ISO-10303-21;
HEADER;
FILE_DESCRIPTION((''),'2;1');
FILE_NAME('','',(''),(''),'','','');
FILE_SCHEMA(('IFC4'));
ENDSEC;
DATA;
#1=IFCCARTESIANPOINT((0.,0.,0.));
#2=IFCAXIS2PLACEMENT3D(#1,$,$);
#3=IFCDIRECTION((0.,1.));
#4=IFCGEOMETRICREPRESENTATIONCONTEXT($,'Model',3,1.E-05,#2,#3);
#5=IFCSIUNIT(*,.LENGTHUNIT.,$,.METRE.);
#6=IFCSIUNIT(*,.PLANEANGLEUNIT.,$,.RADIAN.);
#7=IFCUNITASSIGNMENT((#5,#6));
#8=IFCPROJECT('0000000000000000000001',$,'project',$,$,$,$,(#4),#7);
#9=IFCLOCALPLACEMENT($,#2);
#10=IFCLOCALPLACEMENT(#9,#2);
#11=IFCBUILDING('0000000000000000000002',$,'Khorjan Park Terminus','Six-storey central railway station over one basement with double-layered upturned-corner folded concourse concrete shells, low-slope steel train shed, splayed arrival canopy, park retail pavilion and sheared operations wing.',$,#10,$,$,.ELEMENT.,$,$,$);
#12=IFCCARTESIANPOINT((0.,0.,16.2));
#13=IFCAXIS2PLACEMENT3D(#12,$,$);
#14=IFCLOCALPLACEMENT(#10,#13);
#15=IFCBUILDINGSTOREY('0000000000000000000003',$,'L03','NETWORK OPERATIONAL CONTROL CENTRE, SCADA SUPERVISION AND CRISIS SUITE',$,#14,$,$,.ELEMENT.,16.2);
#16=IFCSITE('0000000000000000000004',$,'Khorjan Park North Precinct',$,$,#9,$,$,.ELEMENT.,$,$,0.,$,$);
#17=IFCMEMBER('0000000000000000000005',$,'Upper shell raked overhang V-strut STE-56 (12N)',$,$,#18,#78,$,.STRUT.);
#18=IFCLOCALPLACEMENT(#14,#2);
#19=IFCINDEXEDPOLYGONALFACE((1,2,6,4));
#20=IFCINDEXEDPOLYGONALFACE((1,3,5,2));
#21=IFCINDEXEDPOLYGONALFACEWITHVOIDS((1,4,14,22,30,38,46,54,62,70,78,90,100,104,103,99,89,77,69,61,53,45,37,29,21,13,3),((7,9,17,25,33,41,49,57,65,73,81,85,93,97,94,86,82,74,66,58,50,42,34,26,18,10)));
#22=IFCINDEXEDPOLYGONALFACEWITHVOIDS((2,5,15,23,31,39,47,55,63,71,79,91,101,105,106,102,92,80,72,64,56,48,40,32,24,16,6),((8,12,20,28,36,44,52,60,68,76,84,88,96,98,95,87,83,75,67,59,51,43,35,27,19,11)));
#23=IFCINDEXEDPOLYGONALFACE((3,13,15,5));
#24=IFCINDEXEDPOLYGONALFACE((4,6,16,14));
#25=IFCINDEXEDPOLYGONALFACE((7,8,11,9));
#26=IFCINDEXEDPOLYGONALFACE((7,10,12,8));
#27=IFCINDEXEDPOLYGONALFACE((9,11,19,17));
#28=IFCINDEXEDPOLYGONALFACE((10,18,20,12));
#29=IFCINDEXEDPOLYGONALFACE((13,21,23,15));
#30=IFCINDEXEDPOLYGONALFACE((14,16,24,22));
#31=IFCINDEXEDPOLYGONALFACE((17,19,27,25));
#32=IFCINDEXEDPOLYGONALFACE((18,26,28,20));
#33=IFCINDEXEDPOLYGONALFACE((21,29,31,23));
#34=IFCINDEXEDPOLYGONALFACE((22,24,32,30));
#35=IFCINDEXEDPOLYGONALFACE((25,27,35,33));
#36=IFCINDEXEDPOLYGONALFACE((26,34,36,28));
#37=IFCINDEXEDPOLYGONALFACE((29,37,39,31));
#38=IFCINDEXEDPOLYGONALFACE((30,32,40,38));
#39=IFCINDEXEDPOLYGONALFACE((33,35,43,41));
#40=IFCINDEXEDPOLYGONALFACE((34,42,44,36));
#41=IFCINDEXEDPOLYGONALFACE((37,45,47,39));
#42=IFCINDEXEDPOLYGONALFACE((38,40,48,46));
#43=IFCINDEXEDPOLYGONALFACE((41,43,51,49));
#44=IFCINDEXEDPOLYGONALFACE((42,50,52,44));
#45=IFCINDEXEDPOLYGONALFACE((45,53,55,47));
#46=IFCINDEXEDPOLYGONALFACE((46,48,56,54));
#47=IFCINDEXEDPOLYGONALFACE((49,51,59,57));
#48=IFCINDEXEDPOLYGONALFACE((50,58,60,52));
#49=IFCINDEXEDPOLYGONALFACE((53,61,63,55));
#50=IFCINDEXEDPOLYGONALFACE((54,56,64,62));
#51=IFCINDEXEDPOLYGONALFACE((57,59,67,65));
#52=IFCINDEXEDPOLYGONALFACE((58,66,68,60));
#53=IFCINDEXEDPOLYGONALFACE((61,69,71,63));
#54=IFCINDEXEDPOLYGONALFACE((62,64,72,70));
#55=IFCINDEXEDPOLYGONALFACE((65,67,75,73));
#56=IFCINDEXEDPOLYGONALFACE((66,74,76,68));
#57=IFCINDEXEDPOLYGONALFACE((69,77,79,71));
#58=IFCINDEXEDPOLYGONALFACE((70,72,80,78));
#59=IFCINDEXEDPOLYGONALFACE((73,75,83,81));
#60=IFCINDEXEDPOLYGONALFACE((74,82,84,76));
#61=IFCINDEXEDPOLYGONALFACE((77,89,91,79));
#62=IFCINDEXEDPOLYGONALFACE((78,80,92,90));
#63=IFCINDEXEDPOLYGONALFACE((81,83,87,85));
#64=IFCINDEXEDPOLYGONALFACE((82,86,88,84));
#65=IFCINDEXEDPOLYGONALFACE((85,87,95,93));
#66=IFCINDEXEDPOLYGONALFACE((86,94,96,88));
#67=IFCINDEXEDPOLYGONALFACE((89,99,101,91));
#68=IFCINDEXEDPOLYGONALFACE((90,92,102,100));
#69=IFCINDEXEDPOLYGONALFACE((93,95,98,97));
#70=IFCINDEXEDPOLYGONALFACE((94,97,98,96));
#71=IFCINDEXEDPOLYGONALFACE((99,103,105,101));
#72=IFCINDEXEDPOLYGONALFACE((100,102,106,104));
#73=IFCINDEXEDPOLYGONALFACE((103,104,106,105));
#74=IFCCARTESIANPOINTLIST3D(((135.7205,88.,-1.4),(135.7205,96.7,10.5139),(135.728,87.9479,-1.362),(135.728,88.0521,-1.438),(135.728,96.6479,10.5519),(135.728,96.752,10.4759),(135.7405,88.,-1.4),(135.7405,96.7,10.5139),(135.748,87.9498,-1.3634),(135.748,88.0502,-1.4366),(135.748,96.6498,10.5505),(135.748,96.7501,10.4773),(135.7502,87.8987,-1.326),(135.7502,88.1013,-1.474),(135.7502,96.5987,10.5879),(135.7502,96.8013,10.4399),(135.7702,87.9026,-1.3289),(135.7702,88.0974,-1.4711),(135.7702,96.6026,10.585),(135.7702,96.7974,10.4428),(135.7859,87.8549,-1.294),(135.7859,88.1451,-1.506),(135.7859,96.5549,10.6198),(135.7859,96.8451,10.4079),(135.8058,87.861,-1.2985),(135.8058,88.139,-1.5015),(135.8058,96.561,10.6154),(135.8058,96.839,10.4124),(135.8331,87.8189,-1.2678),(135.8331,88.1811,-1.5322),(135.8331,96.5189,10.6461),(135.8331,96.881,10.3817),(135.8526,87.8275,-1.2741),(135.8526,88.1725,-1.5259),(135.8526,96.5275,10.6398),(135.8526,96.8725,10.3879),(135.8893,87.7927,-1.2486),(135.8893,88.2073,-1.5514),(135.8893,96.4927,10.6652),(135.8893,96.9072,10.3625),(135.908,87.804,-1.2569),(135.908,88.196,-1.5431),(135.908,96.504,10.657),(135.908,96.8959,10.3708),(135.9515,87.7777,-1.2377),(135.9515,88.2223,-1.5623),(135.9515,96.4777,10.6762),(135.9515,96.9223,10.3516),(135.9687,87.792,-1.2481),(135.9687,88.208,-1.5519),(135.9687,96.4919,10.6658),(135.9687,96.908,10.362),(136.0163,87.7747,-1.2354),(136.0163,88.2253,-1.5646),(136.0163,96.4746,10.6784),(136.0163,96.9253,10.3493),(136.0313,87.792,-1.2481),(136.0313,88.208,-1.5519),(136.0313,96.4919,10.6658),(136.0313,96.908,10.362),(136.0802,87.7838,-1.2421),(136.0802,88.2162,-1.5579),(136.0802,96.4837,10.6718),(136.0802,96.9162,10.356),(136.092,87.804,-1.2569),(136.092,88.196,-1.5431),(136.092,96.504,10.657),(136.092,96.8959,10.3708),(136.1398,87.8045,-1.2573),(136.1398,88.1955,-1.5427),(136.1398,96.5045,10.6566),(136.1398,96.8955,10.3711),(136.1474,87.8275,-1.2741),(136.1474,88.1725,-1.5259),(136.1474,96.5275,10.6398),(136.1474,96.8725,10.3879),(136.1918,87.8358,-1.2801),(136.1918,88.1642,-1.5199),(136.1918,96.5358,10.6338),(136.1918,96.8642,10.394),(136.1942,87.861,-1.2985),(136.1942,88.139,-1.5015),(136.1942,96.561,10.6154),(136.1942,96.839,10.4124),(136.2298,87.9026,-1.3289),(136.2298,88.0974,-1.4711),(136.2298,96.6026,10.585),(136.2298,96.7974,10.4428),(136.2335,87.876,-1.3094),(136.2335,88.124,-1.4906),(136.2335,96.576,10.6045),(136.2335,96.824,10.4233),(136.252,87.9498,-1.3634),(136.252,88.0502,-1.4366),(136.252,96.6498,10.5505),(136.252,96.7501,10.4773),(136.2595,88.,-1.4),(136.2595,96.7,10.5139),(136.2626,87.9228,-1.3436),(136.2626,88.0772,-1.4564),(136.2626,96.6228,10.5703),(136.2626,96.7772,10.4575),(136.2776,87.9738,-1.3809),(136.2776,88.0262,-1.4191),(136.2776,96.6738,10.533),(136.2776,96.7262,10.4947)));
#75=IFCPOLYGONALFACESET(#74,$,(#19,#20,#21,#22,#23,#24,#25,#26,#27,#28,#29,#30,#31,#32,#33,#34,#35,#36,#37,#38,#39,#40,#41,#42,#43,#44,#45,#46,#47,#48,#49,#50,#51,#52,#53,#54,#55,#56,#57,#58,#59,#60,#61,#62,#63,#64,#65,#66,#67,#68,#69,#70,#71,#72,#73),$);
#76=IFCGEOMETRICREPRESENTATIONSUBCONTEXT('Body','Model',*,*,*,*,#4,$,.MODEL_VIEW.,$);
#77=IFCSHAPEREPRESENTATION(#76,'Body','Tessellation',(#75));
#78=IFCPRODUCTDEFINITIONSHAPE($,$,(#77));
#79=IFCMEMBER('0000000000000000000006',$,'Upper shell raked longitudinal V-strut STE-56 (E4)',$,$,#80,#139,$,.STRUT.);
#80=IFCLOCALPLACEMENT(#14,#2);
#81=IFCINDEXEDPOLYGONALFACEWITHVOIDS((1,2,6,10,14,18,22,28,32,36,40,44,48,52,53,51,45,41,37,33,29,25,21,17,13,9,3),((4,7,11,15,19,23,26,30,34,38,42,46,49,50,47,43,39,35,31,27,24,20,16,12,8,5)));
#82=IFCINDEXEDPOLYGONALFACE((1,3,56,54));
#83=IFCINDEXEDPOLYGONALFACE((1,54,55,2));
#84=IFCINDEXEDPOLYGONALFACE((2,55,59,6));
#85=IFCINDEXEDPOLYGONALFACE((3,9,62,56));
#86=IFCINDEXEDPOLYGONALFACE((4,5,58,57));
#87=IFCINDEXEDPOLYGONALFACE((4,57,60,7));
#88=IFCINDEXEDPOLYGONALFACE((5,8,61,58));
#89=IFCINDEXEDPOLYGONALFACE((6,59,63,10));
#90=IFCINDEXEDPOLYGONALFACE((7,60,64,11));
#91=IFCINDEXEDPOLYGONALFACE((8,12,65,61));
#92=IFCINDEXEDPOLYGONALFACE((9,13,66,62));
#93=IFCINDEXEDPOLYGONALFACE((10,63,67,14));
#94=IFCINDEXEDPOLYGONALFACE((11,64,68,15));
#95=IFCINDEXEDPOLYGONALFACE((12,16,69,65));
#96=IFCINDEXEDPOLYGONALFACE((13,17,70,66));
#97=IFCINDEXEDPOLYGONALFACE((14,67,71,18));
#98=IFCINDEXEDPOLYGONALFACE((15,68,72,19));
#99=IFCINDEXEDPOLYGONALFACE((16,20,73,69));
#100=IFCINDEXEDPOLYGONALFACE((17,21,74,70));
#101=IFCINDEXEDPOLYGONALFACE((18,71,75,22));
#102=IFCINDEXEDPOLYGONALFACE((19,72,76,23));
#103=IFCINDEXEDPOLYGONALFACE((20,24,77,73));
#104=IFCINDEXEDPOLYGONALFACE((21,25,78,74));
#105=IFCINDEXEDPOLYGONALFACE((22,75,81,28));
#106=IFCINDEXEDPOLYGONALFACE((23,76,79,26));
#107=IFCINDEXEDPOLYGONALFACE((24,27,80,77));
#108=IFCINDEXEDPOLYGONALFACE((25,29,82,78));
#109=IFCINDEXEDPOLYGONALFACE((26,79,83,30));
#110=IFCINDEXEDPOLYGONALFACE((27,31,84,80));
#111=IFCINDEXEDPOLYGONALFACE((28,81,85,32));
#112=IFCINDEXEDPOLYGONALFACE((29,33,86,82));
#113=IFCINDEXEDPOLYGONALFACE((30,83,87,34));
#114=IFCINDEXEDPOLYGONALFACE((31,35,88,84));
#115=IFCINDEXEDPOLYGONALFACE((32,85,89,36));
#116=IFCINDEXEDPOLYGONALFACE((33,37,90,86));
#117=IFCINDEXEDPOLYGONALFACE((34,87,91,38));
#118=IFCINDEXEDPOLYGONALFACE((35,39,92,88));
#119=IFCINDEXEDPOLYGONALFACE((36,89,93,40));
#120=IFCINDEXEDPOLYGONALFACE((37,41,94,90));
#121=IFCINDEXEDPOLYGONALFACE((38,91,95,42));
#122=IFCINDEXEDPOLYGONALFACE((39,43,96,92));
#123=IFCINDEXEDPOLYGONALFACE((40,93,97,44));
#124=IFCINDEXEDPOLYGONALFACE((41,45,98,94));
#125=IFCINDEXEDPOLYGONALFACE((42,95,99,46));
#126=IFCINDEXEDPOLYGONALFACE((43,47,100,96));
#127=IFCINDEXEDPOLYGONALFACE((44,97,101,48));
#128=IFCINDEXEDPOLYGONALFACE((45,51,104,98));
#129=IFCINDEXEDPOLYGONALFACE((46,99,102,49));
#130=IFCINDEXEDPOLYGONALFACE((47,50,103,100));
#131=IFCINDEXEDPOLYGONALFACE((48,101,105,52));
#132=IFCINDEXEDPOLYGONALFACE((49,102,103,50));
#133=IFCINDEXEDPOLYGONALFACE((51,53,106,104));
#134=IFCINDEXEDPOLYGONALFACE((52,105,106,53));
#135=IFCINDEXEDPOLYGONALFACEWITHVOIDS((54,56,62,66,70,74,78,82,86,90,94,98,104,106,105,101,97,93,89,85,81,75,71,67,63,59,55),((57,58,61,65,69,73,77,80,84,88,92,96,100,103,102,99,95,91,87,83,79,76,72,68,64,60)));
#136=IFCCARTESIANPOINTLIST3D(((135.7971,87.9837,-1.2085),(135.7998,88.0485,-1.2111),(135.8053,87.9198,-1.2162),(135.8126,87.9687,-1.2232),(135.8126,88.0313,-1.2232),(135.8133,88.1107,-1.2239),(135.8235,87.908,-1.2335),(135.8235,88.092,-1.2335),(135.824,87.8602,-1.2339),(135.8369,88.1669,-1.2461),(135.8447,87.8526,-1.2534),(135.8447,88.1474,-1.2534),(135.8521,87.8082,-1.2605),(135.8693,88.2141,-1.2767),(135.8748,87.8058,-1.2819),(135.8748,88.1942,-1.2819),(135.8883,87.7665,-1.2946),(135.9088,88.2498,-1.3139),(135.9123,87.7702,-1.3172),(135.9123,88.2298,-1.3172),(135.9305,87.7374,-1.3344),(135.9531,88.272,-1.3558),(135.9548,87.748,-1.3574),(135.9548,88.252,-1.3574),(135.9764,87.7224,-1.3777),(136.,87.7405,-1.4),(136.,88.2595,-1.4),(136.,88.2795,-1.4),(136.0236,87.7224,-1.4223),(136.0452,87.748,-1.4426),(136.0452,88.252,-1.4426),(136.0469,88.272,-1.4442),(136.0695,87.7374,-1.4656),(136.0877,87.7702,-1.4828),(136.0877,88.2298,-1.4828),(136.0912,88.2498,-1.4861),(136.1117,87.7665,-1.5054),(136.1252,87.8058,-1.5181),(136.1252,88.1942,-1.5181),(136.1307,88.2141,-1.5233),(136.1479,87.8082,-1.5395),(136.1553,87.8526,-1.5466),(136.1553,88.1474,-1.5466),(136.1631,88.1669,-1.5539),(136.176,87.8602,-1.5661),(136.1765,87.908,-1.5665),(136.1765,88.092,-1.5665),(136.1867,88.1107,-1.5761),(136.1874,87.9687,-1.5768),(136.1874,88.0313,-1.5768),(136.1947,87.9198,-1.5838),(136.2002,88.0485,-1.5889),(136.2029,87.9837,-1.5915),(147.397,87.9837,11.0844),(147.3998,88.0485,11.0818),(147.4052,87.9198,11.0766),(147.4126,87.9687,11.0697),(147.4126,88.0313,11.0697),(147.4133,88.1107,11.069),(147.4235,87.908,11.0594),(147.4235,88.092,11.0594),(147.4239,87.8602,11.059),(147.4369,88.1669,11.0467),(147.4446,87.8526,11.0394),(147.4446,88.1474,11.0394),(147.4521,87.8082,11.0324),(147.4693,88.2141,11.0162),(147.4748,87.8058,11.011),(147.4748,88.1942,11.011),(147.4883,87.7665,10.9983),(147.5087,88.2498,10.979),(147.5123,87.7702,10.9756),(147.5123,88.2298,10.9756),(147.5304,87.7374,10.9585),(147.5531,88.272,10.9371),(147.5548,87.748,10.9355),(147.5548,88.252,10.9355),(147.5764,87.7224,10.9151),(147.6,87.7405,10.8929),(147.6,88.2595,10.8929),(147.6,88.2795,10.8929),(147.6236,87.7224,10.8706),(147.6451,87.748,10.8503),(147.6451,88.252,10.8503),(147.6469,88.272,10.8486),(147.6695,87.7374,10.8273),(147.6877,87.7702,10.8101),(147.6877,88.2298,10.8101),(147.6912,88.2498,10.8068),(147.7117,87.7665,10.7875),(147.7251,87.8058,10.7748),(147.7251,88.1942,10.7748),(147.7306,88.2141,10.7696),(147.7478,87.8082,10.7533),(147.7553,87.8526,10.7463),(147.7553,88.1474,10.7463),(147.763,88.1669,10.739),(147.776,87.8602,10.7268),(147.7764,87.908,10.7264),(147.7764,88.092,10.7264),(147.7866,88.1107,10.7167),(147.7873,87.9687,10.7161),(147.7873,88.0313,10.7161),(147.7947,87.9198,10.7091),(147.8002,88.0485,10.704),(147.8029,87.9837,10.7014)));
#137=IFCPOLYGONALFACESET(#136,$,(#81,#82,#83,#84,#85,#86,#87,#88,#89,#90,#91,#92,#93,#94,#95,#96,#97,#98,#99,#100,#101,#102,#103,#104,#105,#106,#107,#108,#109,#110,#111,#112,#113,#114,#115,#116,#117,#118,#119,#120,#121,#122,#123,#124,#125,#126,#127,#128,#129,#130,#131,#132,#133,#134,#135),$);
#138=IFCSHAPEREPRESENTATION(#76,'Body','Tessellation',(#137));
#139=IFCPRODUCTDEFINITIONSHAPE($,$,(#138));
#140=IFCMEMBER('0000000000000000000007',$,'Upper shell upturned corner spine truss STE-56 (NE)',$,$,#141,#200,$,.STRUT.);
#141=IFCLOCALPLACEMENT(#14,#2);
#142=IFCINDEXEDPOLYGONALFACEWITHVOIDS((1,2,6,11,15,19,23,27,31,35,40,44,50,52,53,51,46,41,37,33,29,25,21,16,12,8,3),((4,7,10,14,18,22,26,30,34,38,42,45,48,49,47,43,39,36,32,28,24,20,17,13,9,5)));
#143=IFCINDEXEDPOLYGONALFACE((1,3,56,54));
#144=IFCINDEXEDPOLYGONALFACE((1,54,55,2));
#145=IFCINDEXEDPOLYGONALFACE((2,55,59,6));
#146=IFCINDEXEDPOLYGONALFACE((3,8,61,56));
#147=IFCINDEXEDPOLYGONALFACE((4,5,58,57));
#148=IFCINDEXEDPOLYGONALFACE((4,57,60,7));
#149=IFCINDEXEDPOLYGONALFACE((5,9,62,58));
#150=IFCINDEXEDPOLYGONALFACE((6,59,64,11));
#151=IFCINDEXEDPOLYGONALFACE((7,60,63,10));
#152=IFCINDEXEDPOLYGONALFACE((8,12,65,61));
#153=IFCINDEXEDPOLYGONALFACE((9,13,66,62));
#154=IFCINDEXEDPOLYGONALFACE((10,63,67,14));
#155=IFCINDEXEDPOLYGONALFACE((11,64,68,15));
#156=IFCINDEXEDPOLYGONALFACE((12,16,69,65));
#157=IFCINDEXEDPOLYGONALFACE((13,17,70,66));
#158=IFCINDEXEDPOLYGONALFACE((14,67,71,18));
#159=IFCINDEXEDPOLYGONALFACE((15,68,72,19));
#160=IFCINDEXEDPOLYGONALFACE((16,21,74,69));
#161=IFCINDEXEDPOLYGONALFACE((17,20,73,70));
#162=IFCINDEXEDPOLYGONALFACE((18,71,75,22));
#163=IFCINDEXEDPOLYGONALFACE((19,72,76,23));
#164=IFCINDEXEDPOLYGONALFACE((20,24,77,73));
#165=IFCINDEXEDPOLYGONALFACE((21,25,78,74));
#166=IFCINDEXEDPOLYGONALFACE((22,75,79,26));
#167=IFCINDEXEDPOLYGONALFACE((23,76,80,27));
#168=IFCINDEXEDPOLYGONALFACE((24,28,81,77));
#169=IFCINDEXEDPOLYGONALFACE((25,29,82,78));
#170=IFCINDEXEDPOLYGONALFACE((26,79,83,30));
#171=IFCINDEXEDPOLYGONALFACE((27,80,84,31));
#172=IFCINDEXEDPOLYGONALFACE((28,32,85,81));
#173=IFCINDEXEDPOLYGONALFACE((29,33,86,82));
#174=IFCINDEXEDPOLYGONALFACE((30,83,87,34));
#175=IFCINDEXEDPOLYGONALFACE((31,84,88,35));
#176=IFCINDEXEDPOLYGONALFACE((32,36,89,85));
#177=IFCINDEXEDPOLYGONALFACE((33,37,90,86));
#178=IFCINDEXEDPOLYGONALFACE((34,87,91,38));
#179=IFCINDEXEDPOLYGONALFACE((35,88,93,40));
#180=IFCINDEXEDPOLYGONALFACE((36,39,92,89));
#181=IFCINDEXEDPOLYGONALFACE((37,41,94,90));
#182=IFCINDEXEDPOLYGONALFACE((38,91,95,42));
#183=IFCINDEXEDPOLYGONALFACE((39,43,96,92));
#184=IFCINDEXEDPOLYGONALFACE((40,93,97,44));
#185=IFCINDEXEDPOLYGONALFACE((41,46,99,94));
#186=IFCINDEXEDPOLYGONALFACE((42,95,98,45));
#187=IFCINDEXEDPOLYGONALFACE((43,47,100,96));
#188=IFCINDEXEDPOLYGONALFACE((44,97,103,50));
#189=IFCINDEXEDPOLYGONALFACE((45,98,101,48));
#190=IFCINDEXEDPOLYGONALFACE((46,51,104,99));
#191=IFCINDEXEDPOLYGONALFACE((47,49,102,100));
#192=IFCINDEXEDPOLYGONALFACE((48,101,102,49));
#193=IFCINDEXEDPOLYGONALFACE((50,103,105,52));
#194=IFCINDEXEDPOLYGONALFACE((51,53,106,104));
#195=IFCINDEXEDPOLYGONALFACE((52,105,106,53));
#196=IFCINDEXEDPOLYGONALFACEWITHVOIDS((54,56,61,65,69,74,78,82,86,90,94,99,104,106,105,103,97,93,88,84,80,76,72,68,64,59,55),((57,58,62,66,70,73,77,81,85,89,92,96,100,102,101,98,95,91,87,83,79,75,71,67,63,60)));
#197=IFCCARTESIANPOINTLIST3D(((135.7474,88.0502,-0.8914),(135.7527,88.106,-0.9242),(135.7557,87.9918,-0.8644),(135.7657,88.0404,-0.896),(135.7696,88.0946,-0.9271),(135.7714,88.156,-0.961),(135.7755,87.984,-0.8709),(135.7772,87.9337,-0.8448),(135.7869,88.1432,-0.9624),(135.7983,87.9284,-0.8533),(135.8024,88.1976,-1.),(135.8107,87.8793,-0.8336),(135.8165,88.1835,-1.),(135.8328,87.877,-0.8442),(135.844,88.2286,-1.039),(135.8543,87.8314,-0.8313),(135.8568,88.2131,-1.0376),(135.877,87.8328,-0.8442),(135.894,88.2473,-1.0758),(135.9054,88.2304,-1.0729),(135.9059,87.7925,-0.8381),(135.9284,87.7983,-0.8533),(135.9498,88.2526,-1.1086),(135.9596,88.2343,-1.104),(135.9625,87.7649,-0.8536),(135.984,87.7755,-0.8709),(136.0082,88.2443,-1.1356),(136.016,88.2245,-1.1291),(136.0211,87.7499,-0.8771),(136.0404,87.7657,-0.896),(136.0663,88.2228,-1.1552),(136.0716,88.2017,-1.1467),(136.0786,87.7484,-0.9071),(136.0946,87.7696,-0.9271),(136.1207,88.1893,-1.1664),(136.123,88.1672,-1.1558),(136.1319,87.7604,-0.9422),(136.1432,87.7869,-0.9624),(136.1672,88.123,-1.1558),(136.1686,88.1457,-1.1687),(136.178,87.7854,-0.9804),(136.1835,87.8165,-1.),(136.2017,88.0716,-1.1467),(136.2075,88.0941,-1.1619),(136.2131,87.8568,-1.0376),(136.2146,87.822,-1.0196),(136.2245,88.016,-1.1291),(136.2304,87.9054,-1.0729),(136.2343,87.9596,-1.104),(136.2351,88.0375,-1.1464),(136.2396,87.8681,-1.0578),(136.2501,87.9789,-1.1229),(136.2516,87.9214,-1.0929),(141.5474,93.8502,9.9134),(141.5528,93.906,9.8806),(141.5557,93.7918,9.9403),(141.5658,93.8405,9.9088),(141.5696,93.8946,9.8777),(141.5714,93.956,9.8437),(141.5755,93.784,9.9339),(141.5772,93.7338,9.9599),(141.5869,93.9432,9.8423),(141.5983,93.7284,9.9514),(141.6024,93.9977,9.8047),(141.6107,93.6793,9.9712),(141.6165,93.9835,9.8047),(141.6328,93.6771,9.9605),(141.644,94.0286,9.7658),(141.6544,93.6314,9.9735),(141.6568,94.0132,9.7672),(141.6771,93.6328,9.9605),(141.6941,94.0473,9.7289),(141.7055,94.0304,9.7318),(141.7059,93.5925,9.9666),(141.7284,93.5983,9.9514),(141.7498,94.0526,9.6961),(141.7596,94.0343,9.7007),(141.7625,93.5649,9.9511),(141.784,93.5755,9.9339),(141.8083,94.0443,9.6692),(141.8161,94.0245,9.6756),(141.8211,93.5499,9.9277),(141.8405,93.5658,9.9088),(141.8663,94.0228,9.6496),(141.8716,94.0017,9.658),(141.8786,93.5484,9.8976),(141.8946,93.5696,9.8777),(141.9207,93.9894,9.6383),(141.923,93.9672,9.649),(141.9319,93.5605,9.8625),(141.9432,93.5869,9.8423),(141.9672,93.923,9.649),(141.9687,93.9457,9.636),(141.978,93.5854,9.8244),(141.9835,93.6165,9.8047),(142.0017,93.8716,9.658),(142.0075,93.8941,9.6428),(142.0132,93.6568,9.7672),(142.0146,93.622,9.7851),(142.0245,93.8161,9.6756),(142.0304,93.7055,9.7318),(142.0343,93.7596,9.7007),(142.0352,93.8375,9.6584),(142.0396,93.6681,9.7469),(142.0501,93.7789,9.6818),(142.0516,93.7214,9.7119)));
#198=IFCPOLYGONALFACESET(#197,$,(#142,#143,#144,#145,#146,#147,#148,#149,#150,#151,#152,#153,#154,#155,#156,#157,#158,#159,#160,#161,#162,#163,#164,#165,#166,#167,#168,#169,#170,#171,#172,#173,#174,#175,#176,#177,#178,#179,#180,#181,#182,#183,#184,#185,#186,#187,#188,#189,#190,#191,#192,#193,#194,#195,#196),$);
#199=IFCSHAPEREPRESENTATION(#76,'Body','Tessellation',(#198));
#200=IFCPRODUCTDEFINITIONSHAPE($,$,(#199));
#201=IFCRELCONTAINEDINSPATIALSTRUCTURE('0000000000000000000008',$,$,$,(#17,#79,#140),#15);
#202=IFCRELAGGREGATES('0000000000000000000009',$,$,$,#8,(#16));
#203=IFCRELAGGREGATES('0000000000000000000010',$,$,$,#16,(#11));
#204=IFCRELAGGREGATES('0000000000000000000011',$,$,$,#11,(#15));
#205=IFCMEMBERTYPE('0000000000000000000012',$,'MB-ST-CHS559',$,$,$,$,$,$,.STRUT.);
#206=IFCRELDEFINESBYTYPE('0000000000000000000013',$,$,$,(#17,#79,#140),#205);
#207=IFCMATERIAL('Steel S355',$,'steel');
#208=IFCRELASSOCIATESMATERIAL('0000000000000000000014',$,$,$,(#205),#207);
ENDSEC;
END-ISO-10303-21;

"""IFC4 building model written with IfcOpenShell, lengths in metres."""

from ifc_helpers import new_model, si_unit, direction, frame, origin, origin_2d, place, context, subcontext, project, spatial, hollow_circle, extrude, material, material_profile, profile_set, type_object, element, save


model = new_model("IFC4")

# Units and contexts
model_context = context("Model", 3, precision=1e-05, world=origin(), true_north=direction((0.0, 1.0)))
body_context = subcontext(model_context, "Body", "Model", "MODEL_VIEW")
ifc_project = project(units=[si_unit("LENGTHUNIT", "METRE"), si_unit("PLANEANGLEUNIT", "RADIAN")], contexts=[model_context])

# Site, building, storey
site_placement = place(None, origin())
site = spatial("IfcSite", under=ifc_project, at=site_placement, Name="Khorjan Park North Precinct", CompositionType="ELEMENT", RefElevation=0.0)
building_placement = place(site_placement, origin())
building = spatial("IfcBuilding", under=site, at=building_placement, Name="Khorjan Park Terminus", Description="Six-storey central railway station over one basement with double-layered upturned-corner folded concourse concrete shells, low-slope steel train shed, splayed arrival canopy, park retail pavilion and sheared operations wing.", CompositionType="ELEMENT")
storey_placement = place(building_placement, frame((0.0, 0.0, 16.2)))
storey = spatial("IfcBuildingStorey", under=building, at=storey_placement, Name="L03", Description="NETWORK OPERATIONAL CONTROL CENTRE, SCADA SUPERVISION AND CRISIS SUITE", CompositionType="ELEMENT", Elevation=16.2)

# Members
ifc_material_1 = material(Name="Steel S355", Category="steel")
ifc_material_profile_1 = material_profile(ifc_material_1, hollow_circle(Radius=0.2795, WallThickness=0.02, at=origin_2d()), Name="CHS 559x20")
ifc_profile_set_1 = profile_set([ifc_material_profile_1], Name="Steel S355")
member_type_1 = type_object("IfcMemberType", Name="MB-ST-CHS559", PredefinedType="STRUT", material=ifc_profile_set_1)
member_1_placement = place(storey_placement, frame((136.0, 88.0, -1.4), z_axis=(0.0, 0.589738, 0.807595), x_axis=(-1.0, 0.0, 0.0)))
element("IfcMember", 1, at=member_1_placement, inside=storey, type_object=member_type_1, Name="Upper shell raked overhang V-strut STE-56 (12N)", PredefinedType="STRUT", context=body_context, shape_type="SweptSolid", body=[
    extrude(hollow_circle(Radius=0.2795, WallThickness=0.02, at=origin_2d()), origin(), (0.0, 0.0, 1.0), 14.7523),
])
member_2_placement = place(storey_placement, frame((136.0, 88.0, -1.4), z_axis=(0.686312, 0.0, 0.727307), x_axis=(0.0, 1.0, 0.0)))
element("IfcMember", 2, at=member_2_placement, inside=storey, type_object=member_type_1, Name="Upper shell raked longitudinal V-strut STE-56 (E4)", PredefinedType="STRUT", context=body_context, shape_type="SweptSolid", body=[
    extrude(hollow_circle(Radius=0.2795, WallThickness=0.02, at=origin_2d()), origin(), (0.0, 0.0, 1.0), 16.9019),
])
member_3_placement = place(storey_placement, frame((136.0, 88.0, -1.0), z_axis=(0.427557, 0.427557, 0.796486), x_axis=(-0.707107, 0.707107, 0.0)))
element("IfcMember", 3, at=member_3_placement, inside=storey, type_object=member_type_1, Name="Upper shell upturned corner spine truss STE-56 (NE)", PredefinedType="STRUT", context=body_context, shape_type="SweptSolid", body=[
    extrude(hollow_circle(Radius=0.2795, WallThickness=0.02, at=origin_2d()), origin(), (0.0, 0.0, 1.0), 13.5655),
])

save(model, "model.ifc")
